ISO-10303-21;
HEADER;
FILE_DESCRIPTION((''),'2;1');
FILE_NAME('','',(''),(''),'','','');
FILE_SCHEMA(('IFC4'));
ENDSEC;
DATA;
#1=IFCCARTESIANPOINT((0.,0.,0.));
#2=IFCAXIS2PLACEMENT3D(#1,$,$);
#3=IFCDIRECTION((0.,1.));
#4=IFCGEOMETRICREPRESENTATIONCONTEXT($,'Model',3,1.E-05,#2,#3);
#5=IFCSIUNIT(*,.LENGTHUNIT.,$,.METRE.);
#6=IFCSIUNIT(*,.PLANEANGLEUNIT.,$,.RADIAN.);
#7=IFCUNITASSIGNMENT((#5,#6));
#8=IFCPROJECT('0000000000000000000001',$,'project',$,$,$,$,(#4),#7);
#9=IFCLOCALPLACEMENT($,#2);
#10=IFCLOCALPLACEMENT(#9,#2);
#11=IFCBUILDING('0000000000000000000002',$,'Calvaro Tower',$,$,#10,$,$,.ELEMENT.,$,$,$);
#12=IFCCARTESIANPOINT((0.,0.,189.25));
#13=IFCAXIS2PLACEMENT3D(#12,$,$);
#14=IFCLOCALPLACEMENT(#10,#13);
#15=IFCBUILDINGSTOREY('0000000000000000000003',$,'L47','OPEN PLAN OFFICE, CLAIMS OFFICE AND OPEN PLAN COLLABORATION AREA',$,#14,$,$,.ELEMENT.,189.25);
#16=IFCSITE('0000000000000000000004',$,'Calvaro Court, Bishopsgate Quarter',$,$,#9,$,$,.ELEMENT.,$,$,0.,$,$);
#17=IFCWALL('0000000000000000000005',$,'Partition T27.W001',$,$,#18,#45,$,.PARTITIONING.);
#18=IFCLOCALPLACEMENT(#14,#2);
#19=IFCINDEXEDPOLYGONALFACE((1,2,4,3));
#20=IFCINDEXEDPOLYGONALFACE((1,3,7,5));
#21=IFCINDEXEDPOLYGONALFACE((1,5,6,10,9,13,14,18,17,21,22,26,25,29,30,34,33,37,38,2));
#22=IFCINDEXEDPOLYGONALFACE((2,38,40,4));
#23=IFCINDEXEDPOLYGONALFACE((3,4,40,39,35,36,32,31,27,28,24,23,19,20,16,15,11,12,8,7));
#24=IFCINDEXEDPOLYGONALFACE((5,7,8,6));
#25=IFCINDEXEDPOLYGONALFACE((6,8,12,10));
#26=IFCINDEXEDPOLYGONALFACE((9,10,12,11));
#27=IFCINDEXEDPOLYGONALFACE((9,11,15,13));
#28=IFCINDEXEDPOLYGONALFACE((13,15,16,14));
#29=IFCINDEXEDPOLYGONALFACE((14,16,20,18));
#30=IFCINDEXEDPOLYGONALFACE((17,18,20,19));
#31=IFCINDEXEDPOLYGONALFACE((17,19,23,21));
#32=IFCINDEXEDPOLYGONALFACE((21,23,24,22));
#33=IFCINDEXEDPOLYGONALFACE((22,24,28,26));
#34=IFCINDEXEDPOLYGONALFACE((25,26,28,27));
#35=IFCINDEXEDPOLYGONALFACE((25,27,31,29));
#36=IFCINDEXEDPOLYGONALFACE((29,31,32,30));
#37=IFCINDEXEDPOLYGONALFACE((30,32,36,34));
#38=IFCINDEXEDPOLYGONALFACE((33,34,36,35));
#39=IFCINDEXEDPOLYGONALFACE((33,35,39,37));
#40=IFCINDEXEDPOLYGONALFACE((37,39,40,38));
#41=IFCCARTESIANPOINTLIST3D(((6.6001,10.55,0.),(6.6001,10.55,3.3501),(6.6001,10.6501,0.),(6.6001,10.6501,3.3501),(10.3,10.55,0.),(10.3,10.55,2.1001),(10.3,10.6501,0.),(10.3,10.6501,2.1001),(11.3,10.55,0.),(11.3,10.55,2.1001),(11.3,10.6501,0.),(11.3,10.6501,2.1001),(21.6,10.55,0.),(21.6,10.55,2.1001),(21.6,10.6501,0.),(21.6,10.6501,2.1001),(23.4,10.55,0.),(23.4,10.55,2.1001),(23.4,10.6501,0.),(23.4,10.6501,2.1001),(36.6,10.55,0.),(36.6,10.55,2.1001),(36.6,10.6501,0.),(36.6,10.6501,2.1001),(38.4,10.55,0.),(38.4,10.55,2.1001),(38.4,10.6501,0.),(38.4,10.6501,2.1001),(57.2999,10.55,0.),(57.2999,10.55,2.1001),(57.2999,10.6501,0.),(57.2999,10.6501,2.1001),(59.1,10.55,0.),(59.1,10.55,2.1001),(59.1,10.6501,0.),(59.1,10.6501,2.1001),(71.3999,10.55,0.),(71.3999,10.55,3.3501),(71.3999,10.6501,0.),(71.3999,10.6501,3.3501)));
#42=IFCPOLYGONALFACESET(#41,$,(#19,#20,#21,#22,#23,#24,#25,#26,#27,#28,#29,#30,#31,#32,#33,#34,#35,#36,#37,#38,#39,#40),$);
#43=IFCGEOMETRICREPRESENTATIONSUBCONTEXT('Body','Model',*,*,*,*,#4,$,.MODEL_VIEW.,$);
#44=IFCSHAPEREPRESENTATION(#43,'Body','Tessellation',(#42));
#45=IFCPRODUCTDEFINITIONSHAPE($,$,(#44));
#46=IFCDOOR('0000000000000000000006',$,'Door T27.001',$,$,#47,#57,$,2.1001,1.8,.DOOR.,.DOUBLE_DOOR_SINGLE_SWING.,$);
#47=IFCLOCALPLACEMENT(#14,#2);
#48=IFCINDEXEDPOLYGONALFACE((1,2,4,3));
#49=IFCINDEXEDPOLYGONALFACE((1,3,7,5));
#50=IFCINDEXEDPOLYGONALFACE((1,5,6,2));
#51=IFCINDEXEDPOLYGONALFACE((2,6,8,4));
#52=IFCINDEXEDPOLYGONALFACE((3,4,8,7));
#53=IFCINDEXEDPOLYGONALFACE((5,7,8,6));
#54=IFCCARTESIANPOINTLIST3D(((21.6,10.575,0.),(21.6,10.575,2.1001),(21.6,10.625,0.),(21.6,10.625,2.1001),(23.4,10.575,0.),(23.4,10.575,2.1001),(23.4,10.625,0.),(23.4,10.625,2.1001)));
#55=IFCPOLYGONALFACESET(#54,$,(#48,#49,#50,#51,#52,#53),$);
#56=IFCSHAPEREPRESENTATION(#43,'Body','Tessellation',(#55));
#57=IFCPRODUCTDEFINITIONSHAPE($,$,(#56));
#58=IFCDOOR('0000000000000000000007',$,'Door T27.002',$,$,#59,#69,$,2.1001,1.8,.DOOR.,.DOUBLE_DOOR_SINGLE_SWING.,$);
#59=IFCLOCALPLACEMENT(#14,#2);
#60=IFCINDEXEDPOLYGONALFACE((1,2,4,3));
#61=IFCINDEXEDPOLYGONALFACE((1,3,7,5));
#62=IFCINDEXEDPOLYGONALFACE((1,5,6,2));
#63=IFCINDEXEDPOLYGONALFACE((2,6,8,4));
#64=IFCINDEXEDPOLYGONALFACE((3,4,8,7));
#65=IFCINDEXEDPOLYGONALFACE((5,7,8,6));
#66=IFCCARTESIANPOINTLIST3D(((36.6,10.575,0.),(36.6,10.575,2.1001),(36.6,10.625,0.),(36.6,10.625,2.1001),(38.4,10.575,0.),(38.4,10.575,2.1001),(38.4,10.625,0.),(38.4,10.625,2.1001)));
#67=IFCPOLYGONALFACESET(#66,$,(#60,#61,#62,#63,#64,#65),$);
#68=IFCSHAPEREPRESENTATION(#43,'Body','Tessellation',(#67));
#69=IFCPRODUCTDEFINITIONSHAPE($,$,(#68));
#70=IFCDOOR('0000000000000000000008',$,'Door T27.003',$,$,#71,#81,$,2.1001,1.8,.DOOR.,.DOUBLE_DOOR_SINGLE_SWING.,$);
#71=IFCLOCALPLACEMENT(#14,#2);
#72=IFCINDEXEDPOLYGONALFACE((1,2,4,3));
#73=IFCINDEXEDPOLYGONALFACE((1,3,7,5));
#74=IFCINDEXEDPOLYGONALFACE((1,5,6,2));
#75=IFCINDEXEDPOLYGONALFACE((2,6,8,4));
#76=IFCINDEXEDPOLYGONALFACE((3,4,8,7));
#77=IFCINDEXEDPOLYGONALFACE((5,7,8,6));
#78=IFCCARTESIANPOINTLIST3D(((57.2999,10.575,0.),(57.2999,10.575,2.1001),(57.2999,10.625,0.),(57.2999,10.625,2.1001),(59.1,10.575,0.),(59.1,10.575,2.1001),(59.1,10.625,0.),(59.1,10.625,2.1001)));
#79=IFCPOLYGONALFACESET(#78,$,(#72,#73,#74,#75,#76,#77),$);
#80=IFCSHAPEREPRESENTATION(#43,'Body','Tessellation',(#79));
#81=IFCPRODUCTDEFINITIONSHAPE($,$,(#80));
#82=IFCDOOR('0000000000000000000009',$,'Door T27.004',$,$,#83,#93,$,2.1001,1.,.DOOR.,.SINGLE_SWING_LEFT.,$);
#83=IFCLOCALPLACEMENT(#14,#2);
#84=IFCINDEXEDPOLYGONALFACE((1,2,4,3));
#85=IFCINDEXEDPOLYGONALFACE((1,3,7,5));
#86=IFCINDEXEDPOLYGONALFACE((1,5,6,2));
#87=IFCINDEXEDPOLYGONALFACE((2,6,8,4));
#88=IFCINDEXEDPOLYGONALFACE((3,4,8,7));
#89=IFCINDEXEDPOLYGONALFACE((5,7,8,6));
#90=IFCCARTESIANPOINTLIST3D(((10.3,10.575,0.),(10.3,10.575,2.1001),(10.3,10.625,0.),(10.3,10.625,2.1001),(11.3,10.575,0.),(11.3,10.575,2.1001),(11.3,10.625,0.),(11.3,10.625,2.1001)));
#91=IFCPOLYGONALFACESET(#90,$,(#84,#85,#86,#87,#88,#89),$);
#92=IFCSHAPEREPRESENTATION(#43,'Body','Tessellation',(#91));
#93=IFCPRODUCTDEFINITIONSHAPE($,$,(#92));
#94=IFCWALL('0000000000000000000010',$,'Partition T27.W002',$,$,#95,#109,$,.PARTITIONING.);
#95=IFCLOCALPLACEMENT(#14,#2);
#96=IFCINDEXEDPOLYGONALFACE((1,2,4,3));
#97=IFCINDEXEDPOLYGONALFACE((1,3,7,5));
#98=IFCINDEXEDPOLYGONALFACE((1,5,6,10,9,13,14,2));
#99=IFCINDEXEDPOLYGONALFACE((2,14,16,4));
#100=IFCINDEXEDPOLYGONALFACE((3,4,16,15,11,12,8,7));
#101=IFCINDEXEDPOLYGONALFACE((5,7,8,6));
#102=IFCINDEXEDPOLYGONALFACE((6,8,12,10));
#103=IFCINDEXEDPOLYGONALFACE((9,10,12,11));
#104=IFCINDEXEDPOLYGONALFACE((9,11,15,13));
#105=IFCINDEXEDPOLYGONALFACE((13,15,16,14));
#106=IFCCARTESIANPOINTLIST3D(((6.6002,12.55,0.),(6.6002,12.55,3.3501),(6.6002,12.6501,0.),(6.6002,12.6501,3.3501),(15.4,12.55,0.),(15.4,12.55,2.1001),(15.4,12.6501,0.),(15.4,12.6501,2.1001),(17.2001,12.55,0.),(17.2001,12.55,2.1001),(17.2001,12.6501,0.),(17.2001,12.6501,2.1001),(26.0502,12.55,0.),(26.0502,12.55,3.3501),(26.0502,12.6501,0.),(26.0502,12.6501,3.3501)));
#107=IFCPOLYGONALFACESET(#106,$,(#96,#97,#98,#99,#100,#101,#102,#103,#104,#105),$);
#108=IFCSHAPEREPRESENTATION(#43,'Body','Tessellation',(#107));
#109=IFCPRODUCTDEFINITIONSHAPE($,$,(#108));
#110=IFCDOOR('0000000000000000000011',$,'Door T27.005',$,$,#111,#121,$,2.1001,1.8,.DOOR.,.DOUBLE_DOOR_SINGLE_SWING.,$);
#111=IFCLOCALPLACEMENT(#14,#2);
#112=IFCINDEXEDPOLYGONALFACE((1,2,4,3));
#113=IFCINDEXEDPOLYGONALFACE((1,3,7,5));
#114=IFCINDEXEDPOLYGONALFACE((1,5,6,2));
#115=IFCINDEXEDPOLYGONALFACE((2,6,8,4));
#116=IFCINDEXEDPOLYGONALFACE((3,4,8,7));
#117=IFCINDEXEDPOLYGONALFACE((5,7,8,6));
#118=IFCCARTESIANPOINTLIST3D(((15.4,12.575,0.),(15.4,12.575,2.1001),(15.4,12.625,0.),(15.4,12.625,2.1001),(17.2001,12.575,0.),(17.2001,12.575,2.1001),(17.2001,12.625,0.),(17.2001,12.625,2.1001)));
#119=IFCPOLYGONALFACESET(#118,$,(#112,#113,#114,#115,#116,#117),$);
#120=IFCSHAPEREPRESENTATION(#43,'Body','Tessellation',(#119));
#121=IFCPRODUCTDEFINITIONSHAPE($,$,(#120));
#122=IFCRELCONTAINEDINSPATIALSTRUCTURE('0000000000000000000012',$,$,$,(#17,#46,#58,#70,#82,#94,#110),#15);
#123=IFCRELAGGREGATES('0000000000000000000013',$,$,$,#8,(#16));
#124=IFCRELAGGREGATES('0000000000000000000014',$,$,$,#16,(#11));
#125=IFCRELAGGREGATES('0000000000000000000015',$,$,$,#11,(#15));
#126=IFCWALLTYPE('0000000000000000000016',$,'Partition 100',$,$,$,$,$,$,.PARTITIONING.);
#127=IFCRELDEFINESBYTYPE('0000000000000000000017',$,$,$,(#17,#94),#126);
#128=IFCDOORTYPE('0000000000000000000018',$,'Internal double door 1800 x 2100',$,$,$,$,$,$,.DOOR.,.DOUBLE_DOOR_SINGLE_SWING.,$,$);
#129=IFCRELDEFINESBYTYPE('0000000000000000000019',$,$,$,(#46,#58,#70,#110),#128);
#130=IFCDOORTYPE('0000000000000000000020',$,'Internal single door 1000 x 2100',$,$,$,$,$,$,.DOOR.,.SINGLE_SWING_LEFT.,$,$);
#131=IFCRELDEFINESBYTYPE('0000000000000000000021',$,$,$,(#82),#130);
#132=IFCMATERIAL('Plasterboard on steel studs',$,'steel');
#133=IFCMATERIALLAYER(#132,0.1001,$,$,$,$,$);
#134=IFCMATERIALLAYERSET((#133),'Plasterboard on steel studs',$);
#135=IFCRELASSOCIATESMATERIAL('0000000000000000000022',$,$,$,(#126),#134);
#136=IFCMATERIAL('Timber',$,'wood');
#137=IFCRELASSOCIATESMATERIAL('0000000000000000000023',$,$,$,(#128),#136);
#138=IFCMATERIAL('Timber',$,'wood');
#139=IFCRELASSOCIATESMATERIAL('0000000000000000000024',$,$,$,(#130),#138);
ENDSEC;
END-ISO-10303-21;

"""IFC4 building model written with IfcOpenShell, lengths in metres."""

from ifc_helpers import new_model, si_unit, direction, frame, frame_2d, origin, place, context, subcontext, project, spatial, rectangle, extrude, material, layer, layer_set, type_object, element, fill, save


model = new_model("IFC4")

# Units and contexts
model_context = context("Model", 3, precision=1e-05, world=origin(), true_north=direction((0.0, 1.0)))
body_context = subcontext(model_context, "Body", "Model", "MODEL_VIEW")
ifc_project = project(units=[si_unit("LENGTHUNIT", "METRE"), si_unit("PLANEANGLEUNIT", "RADIAN")], contexts=[model_context])

# Site, building, storey
site_placement = place(None, origin())
site = spatial("IfcSite", under=ifc_project, at=site_placement, Name="Calvaro Court, Bishopsgate Quarter", CompositionType="ELEMENT", RefElevation=0.0)
building_placement = place(site_placement, origin())
building = spatial("IfcBuilding", under=site, at=building_placement, Name="Calvaro Tower", CompositionType="ELEMENT")
storey_placement = place(building_placement, frame((0.0, 0.0, 189.25)))
storey = spatial("IfcBuildingStorey", under=building, at=storey_placement, Name="L47", Description="OPEN PLAN OFFICE, CLAIMS OFFICE AND OPEN PLAN COLLABORATION AREA", CompositionType="ELEMENT", Elevation=189.25)

# Wall, openings, doors
ifc_material_1 = material(Name="Plasterboard on steel studs", Category="steel")
ifc_layer_1 = layer(ifc_material_1, 0.1001)
ifc_layer_set_1 = layer_set([ifc_layer_1], Name="Plasterboard on steel studs")
wall_type_1 = type_object("IfcWallType", Name="Partition 100", PredefinedType="PARTITIONING", material=ifc_layer_set_1)
wall_1_placement = place(storey_placement, frame((6.6001, 10.6001, 0.0), z_axis=(0.0, 0.0, 1.0), x_axis=(1.0, 0.0, 0.0)))
wall_1 = element("IfcWall", 1, at=wall_1_placement, inside=storey, type_object=wall_type_1, Name="Partition T27.W001", PredefinedType="PARTITIONING", context=body_context, shape_type="SweptSolid", body=[
    extrude(rectangle(XDim=64.7998, YDim=0.1001, at=frame_2d((32.3999, 0.0))), origin(), (0.0, 0.0, 1.0), 3.3501),
])
opening_1_placement = place(wall_1_placement, frame((15.0, 0.0, 0.0)))
opening_1 = element("IfcOpeningElement", 2, at=opening_1_placement, cuts=wall_1, PredefinedType="OPENING", context=body_context, shape_type="SweptSolid", body=[
    extrude(rectangle(XDim=1.8, YDim=2.1001, at=frame_2d((0.8999, 1.05))), frame((0.0, 0.0601, 0.0), z_axis=(0.0, -1.0, 0.0), x_axis=(1.0, 0.0, 0.0)), (0.0, 0.0, 1.0), 0.1201),
])
opening_2_placement = place(wall_1_placement, frame((30.0, 0.0, 0.0)))
opening_2 = element("IfcOpeningElement", 3, at=opening_2_placement, cuts=wall_1, PredefinedType="OPENING", context=body_context, shape_type="SweptSolid", body=[
    extrude(rectangle(XDim=1.8, YDim=2.1001, at=frame_2d((0.8999, 1.05))), frame((0.0, 0.0601, 0.0), z_axis=(0.0, -1.0, 0.0), x_axis=(1.0, 0.0, 0.0)), (0.0, 0.0, 1.0), 0.1201),
])
opening_3_placement = place(wall_1_placement, frame((50.7, 0.0, 0.0)))
opening_3 = element("IfcOpeningElement", 4, at=opening_3_placement, cuts=wall_1, PredefinedType="OPENING", context=body_context, shape_type="SweptSolid", body=[
    extrude(rectangle(XDim=1.8, YDim=2.1001, at=frame_2d((0.8999, 1.05))), frame((0.0, 0.0601, 0.0), z_axis=(0.0, -1.0, 0.0), x_axis=(1.0, 0.0, 0.0)), (0.0, 0.0, 1.0), 0.1201),
])
opening_4_placement = place(wall_1_placement, frame((3.7, 0.0, 0.0)))
opening_4 = element("IfcOpeningElement", 5, at=opening_4_placement, cuts=wall_1, PredefinedType="OPENING", context=body_context, shape_type="SweptSolid", body=[
    extrude(rectangle(XDim=1.0, YDim=2.1001, at=frame_2d((0.5, 1.05))), frame((0.0, 0.0601, 0.0), z_axis=(0.0, -1.0, 0.0), x_axis=(1.0, 0.0, 0.0)), (0.0, 0.0, 1.0), 0.1201),
])
ifc_material_2 = material(Name="Timber", Category="wood")
door_type_1 = type_object("IfcDoorType", Name="Internal double door 1800 x 2100", OperationType="DOUBLE_DOOR_SINGLE_SWING", PredefinedType="DOOR", material=ifc_material_2)
door_1_placement = place(opening_1_placement, origin())
door_1 = element("IfcDoor", 6, at=door_1_placement, inside=storey, type_object=door_type_1, Name="Door T27.001", OperationType="DOUBLE_DOOR_SINGLE_SWING", OverallHeight=2.1001, OverallWidth=1.8, PredefinedType="DOOR", context=body_context, shape_type="SweptSolid", body=[
    extrude(rectangle(XDim=1.8, YDim=2.1001, at=frame_2d((0.8999, 1.05))), frame((0.0, 0.0249, 0.0), z_axis=(0.0, -1.0, 0.0), x_axis=(1.0, 0.0, 0.0)), (0.0, 0.0, 1.0), 0.05),
])
fill(opening_1, door_1)
door_2_placement = place(opening_2_placement, origin())
door_2 = element("IfcDoor", 7, at=door_2_placement, inside=storey, type_object=door_type_1, Name="Door T27.002", OperationType="DOUBLE_DOOR_SINGLE_SWING", OverallHeight=2.1001, OverallWidth=1.8, PredefinedType="DOOR", context=body_context, shape_type="SweptSolid", body=[
    extrude(rectangle(XDim=1.8, YDim=2.1001, at=frame_2d((0.8999, 1.05))), frame((0.0, 0.0249, 0.0), z_axis=(0.0, -1.0, 0.0), x_axis=(1.0, 0.0, 0.0)), (0.0, 0.0, 1.0), 0.05),
])
fill(opening_2, door_2)
door_3_placement = place(opening_3_placement, origin())
door_3 = element("IfcDoor", 8, at=door_3_placement, inside=storey, type_object=door_type_1, Name="Door T27.003", OperationType="DOUBLE_DOOR_SINGLE_SWING", OverallHeight=2.1001, OverallWidth=1.8, PredefinedType="DOOR", context=body_context, shape_type="SweptSolid", body=[
    extrude(rectangle(XDim=1.8, YDim=2.1001, at=frame_2d((0.8999, 1.05))), frame((0.0, 0.0249, 0.0), z_axis=(0.0, -1.0, 0.0), x_axis=(1.0, 0.0, 0.0)), (0.0, 0.0, 1.0), 0.05),
])
fill(opening_3, door_3)
ifc_material_3 = material(Name="Timber", Category="wood")
door_type_2 = type_object("IfcDoorType", Name="Internal single door 1000 x 2100", OperationType="SINGLE_SWING_LEFT", PredefinedType="DOOR", material=ifc_material_3)
door_4_placement = place(opening_4_placement, origin())
door_4 = element("IfcDoor", 9, at=door_4_placement, inside=storey, type_object=door_type_2, Name="Door T27.004", OperationType="SINGLE_SWING_LEFT", OverallHeight=2.1001, OverallWidth=1.0, PredefinedType="DOOR", context=body_context, shape_type="SweptSolid", body=[
    extrude(rectangle(XDim=1.0, YDim=2.1001, at=frame_2d((0.5, 1.05))), frame((0.0, 0.0249, 0.0), z_axis=(0.0, -1.0, 0.0), x_axis=(1.0, 0.0, 0.0)), (0.0, 0.0, 1.0), 0.05),
])
fill(opening_4, door_4)

# Wall, opening, door
wall_2_placement = place(storey_placement, frame((6.6001, 12.6001, 0.0), z_axis=(0.0, 0.0, 1.0), x_axis=(1.0, 0.0, 0.0)))
wall_2 = element("IfcWall", 10, at=wall_2_placement, inside=storey, type_object=wall_type_1, Name="Partition T27.W002", PredefinedType="PARTITIONING", context=body_context, shape_type="SweptSolid", body=[
    extrude(rectangle(XDim=19.45, YDim=0.1001, at=frame_2d((9.7251, 0.0))), origin(), (0.0, 0.0, 1.0), 3.3501),
])
opening_5_placement = place(wall_2_placement, frame((8.8, 0.0, 0.0)))
opening_5 = element("IfcOpeningElement", 11, at=opening_5_placement, cuts=wall_2, PredefinedType="OPENING", context=body_context, shape_type="SweptSolid", body=[
    extrude(rectangle(XDim=1.8, YDim=2.1001, at=frame_2d((0.8999, 1.05))), frame((0.0, 0.0601, 0.0), z_axis=(0.0, -1.0, 0.0), x_axis=(1.0, 0.0, 0.0)), (0.0, 0.0, 1.0), 0.1201),
])
door_5_placement = place(opening_5_placement, origin())
door_5 = element("IfcDoor", 12, at=door_5_placement, inside=storey, type_object=door_type_1, Name="Door T27.005", OperationType="DOUBLE_DOOR_SINGLE_SWING", OverallHeight=2.1001, OverallWidth=1.8, PredefinedType="DOOR", context=body_context, shape_type="SweptSolid", body=[
    extrude(rectangle(XDim=1.8, YDim=2.1001, at=frame_2d((0.8999, 1.05))), frame((0.0, 0.0249, 0.0), z_axis=(0.0, -1.0, 0.0), x_axis=(1.0, 0.0, 0.0)), (0.0, 0.0, 1.0), 0.05),
])
fill(opening_5, door_5)

save(model, "model.ifc")
